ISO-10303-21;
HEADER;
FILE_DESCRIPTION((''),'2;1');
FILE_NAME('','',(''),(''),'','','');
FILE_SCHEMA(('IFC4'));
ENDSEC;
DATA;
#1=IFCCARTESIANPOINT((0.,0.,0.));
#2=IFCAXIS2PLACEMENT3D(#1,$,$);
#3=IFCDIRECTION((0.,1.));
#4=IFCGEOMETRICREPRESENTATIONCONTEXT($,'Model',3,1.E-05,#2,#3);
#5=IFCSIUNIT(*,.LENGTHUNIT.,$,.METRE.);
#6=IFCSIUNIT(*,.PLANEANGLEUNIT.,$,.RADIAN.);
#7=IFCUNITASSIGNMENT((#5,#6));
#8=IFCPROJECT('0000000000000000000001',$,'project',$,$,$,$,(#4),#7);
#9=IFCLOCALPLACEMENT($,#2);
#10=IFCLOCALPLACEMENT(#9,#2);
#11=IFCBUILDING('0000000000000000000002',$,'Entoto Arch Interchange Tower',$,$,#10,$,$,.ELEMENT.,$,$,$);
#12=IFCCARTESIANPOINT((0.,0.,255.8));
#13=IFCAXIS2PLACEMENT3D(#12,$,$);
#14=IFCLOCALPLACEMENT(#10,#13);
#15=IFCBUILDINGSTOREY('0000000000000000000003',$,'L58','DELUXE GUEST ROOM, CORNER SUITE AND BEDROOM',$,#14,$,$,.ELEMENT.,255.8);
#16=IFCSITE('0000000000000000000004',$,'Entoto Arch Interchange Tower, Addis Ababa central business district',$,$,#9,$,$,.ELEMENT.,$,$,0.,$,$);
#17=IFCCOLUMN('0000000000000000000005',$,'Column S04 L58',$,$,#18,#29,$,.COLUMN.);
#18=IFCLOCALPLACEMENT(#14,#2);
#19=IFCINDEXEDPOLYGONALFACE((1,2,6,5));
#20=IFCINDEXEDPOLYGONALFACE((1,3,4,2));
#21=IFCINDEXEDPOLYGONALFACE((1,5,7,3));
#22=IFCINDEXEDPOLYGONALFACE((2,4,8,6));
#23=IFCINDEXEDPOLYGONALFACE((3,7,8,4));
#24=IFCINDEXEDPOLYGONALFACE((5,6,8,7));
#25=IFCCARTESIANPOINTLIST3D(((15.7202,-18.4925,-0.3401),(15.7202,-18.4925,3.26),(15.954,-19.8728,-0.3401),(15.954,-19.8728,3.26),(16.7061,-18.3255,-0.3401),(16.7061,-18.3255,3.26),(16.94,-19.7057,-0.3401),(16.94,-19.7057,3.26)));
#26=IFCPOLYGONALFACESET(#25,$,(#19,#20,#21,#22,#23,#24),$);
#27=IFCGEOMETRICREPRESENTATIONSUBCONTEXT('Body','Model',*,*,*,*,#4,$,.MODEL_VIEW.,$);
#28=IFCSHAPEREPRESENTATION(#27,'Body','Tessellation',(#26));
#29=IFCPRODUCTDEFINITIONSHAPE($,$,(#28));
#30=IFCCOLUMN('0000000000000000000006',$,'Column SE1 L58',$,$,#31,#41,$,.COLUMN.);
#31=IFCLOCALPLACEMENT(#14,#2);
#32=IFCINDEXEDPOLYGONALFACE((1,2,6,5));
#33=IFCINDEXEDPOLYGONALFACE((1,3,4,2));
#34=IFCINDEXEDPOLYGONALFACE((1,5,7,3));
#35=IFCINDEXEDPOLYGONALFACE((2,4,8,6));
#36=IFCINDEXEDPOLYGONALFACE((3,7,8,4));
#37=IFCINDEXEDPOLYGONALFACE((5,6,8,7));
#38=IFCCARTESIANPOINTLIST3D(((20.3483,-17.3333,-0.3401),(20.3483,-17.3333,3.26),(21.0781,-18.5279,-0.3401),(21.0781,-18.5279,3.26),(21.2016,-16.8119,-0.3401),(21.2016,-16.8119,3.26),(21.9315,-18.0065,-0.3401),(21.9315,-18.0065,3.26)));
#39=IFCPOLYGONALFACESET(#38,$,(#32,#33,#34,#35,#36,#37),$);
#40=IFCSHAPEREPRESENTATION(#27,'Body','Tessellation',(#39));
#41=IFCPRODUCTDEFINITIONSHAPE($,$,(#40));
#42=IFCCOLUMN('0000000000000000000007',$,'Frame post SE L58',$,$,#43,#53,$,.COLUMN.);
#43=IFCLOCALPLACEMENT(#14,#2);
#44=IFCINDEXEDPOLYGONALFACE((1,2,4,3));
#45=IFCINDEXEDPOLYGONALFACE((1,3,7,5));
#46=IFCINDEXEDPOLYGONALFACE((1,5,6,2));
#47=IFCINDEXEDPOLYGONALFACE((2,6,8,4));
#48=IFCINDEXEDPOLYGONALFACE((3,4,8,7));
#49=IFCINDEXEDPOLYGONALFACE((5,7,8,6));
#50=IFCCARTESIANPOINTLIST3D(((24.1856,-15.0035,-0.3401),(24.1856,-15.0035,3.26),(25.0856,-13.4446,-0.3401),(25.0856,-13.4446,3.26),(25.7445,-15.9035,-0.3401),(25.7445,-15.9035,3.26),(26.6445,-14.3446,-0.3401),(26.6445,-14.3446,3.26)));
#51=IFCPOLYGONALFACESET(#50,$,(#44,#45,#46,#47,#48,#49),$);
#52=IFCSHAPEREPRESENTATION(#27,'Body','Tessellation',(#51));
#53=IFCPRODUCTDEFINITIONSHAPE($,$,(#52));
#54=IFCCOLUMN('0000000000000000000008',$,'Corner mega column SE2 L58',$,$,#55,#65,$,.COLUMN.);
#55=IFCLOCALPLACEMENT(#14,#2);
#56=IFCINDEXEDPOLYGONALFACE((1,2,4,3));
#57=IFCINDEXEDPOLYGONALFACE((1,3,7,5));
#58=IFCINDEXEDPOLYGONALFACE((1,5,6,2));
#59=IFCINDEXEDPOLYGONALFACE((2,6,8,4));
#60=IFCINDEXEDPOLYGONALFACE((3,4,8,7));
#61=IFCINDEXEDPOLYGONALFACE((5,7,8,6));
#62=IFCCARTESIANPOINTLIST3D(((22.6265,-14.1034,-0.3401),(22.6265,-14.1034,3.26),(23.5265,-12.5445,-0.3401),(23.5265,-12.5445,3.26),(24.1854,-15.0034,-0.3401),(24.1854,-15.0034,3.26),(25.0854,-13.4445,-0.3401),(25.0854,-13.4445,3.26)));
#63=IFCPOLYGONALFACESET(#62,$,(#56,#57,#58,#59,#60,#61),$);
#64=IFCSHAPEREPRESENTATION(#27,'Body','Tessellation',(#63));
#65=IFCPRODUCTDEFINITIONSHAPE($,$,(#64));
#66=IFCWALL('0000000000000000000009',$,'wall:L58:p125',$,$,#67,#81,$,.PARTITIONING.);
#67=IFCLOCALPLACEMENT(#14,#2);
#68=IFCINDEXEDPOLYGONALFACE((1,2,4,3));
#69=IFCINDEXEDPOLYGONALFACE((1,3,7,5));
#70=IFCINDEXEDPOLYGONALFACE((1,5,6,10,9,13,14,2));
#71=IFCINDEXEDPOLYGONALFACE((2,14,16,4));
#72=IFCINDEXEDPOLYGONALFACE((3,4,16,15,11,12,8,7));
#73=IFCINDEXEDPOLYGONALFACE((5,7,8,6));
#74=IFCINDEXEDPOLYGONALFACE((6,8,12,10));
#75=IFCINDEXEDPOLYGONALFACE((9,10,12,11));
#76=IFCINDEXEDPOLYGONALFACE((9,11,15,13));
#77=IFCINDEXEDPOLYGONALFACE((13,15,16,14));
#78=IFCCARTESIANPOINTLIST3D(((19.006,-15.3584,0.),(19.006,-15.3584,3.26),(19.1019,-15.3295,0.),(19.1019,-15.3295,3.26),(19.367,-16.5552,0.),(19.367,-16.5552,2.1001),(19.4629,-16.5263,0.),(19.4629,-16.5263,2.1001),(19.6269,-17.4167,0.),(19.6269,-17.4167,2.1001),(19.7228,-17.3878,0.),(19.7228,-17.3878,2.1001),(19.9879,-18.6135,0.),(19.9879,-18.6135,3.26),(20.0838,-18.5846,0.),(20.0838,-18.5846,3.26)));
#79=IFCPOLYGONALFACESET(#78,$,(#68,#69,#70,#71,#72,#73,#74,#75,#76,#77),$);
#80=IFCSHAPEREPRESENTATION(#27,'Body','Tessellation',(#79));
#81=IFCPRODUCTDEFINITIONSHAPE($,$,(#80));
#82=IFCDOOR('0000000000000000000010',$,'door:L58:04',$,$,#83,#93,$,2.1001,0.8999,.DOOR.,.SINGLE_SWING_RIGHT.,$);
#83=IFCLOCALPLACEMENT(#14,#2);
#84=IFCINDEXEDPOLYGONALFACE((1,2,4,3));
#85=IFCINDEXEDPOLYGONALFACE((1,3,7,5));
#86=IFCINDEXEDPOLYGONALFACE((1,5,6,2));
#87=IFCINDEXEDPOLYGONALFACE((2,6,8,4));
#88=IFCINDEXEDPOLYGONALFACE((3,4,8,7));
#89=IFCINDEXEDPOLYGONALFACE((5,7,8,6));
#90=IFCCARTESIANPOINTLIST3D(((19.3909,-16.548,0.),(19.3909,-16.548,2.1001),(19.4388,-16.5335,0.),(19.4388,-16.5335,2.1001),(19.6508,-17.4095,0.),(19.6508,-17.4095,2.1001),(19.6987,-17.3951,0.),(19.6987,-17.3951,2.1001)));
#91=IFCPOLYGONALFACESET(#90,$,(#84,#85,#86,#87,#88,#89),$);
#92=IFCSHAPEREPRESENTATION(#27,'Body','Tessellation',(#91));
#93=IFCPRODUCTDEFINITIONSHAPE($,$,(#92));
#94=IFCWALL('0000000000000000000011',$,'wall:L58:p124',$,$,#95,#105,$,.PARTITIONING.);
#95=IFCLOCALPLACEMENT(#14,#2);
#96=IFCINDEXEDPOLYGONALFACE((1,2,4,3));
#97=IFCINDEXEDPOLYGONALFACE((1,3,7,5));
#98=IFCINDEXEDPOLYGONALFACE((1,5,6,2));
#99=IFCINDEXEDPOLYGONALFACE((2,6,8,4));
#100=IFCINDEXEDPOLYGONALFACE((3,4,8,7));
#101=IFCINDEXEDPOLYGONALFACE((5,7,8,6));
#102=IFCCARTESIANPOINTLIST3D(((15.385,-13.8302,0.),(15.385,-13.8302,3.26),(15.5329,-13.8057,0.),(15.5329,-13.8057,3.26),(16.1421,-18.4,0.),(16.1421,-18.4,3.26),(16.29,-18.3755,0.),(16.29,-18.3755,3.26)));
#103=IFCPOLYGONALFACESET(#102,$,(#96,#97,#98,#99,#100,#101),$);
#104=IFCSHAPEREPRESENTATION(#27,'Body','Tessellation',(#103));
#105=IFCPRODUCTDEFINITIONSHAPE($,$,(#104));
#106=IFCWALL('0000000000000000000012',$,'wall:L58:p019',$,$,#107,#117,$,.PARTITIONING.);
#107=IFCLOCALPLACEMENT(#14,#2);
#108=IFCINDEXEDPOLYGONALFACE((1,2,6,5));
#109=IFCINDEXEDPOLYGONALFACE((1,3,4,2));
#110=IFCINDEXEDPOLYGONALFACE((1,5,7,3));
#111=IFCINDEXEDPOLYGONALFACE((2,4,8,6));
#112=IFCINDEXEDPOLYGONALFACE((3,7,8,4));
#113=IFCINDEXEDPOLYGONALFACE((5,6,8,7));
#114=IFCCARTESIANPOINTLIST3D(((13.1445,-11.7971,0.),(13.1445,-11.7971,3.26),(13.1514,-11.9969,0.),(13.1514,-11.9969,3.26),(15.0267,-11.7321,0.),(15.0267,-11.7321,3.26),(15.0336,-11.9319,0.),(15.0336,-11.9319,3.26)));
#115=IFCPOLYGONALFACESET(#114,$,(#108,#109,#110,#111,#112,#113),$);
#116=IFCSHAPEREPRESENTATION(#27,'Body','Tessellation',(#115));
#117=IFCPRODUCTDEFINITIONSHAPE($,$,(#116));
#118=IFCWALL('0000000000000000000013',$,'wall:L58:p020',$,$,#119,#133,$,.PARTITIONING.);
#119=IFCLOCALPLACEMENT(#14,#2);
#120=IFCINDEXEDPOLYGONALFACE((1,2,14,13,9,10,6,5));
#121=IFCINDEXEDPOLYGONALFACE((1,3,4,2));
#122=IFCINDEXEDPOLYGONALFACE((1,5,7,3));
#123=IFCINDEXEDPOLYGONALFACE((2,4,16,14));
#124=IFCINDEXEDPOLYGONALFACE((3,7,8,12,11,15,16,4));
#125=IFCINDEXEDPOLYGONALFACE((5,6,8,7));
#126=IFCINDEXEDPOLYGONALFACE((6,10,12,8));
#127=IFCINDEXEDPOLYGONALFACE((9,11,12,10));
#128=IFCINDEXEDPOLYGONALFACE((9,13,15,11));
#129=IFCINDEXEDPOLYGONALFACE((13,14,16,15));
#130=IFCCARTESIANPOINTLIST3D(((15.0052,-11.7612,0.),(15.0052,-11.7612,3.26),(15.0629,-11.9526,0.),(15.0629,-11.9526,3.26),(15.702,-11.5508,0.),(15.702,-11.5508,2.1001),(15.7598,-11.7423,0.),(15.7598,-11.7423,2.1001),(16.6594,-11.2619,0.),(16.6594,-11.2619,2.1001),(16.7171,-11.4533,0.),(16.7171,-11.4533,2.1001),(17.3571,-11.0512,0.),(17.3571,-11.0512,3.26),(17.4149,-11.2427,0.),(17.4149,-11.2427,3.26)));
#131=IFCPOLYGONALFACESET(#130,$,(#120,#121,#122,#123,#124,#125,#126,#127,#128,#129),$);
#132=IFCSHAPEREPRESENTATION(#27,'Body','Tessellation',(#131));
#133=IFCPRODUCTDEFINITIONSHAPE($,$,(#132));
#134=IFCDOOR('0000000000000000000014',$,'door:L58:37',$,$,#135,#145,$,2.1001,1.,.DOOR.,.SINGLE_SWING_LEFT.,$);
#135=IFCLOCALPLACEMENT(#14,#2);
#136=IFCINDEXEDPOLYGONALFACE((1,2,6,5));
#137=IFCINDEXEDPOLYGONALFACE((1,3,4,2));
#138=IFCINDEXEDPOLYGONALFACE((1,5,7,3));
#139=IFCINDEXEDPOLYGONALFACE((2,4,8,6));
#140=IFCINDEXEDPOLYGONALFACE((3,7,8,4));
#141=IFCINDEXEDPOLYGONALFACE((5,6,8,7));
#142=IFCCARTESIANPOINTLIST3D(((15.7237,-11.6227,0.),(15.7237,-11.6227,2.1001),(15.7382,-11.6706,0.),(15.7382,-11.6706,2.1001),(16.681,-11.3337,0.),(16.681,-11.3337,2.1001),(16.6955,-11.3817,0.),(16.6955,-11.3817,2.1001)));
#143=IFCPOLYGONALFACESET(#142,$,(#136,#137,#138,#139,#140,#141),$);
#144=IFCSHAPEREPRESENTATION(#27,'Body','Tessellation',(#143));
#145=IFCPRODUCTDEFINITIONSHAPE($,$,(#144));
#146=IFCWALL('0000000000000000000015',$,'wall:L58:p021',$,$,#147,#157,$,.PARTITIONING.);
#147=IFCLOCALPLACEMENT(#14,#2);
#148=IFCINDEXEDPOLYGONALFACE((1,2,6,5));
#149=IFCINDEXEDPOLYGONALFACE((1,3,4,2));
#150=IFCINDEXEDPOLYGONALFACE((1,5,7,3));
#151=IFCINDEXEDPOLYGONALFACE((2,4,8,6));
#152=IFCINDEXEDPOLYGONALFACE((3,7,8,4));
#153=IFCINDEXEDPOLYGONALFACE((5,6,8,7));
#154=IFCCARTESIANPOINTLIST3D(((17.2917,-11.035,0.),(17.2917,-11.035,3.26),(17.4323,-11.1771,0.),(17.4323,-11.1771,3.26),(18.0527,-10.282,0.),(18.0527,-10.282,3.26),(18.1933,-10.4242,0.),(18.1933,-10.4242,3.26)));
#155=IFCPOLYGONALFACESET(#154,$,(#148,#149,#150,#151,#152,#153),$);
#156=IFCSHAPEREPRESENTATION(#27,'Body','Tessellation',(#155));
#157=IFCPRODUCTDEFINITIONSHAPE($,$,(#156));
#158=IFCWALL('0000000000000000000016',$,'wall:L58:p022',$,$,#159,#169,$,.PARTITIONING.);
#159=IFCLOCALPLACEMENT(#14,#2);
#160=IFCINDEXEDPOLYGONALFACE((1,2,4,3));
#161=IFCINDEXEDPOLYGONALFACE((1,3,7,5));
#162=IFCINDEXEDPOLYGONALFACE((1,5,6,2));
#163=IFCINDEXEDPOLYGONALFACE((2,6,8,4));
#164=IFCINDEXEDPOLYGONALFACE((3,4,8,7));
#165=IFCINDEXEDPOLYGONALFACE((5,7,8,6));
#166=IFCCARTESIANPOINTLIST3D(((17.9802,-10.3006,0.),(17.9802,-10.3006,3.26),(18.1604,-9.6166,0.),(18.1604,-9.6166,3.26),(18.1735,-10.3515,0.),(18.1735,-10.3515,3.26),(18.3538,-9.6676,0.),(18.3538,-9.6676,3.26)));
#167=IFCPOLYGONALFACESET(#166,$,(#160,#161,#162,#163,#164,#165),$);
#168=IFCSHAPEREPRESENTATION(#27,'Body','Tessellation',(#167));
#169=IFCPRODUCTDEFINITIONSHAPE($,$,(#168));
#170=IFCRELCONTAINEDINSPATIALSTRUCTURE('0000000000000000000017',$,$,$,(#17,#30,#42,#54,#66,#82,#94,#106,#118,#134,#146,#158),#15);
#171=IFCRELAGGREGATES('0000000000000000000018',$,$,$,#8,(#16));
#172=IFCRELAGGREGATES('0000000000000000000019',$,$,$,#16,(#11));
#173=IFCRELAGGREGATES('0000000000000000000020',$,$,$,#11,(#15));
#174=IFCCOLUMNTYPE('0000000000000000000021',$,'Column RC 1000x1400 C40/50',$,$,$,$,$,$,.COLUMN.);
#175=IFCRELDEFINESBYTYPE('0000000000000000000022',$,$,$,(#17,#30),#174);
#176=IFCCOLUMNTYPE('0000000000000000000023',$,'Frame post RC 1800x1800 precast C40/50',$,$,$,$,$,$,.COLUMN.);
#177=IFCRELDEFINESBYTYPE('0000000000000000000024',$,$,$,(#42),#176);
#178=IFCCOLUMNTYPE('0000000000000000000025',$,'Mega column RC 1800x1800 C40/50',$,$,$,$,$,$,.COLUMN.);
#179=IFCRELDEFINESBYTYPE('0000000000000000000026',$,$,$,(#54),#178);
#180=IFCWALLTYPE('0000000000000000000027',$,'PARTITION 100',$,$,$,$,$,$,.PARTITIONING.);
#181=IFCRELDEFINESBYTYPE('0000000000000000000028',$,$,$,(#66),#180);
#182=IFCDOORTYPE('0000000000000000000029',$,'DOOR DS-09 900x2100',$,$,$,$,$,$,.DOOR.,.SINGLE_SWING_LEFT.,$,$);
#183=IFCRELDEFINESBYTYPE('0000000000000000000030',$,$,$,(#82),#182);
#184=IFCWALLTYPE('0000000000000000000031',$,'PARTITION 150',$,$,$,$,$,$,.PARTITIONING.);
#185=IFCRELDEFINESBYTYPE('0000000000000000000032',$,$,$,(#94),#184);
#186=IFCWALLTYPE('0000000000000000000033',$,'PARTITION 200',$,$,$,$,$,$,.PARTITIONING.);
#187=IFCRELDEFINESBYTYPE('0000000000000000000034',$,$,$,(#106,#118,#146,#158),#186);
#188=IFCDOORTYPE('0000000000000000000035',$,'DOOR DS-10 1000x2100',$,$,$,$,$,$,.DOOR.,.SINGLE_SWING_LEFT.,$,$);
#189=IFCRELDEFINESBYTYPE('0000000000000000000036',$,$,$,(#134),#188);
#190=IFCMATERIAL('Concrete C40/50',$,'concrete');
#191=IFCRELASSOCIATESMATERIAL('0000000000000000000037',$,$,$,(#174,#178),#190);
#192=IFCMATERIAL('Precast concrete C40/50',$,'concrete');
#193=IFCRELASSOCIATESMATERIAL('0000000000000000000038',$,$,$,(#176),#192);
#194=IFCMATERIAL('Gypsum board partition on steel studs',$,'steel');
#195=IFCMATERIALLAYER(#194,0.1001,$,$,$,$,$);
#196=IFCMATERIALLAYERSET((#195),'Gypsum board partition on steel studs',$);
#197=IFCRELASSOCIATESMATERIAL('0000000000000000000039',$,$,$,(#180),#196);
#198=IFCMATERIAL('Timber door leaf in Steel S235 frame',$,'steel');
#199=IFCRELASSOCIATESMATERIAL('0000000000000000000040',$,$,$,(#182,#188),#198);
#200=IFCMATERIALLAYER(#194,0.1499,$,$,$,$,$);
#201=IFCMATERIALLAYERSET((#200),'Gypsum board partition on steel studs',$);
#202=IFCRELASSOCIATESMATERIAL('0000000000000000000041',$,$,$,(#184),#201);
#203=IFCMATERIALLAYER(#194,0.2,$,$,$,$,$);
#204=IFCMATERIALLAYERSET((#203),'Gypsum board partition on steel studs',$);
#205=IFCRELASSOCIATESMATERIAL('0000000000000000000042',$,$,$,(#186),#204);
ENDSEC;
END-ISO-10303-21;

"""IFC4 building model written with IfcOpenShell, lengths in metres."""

from ifc_helpers import new_model, si_unit, direction, frame, frame_2d, origin, origin_2d, place, context, subcontext, project, spatial, rectangle, extrude, material, layer, layer_set, material_profile, profile_set, type_object, element, fill, save


model = new_model("IFC4")

# Units and contexts
model_context = context("Model", 3, precision=1e-05, world=origin(), true_north=direction((0.0, 1.0)))
body_context = subcontext(model_context, "Body", "Model", "MODEL_VIEW")
ifc_project = project(units=[si_unit("LENGTHUNIT", "METRE"), si_unit("PLANEANGLEUNIT", "RADIAN")], contexts=[model_context])

# Site, building, storey
site_placement = place(None, origin())
site = spatial("IfcSite", under=ifc_project, at=site_placement, Name="Entoto Arch Interchange Tower, Addis Ababa central business district", CompositionType="ELEMENT", RefElevation=0.0)
building_placement = place(site_placement, origin())
building = spatial("IfcBuilding", under=site, at=building_placement, Name="Entoto Arch Interchange Tower", CompositionType="ELEMENT")
storey_placement = place(building_placement, frame((0.0, 0.0, 255.8)))
storey = spatial("IfcBuildingStorey", under=building, at=storey_placement, Name="L58", Description="DELUXE GUEST ROOM, CORNER SUITE AND BEDROOM", CompositionType="ELEMENT", Elevation=255.8)

# Columns
ifc_material_1 = material(Name="Concrete C40/50", Category="concrete")
ifc_material_profile_1 = material_profile(ifc_material_1, rectangle(XDim=1.0, YDim=1.3999, at=origin_2d()))
ifc_profile_set_1 = profile_set([ifc_material_profile_1], Name="Concrete C40/50")
column_type_1 = type_object("IfcColumnType", Name="Column RC 1000x1400 C40/50", PredefinedType="COLUMN", material=ifc_profile_set_1)
for number, where, z_axis, x_axis, name in (
    (1, (16.3301, -19.0991, -0.3401), (0.0, 0.0, 1.0), (0.985952, 0.167027, 0.0), "Column S04 L58"),
    (2, (21.1399, -17.6699, -0.3401), (0.0, 0.0, 1.0), (0.853342, 0.521352, 0.0), "Column SE1 L58"),
):
    element("IfcColumn", number, at=place(storey_placement, frame(where, z_axis=z_axis, x_axis=x_axis)), inside=storey, type_object=column_type_1, Name=name, PredefinedType="COLUMN", context=body_context, shape_type="SweptSolid", body=[
        extrude(rectangle(XDim=1.0, YDim=1.3999, at=origin_2d()), origin(), (0.0, 0.0, 1.0), 3.6001),
    ])
ifc_material_2 = material(Name="Precast concrete C40/50", Category="concrete")
ifc_material_profile_2 = material_profile(ifc_material_2, rectangle(XDim=1.8, YDim=1.8, at=origin_2d()))
ifc_profile_set_2 = profile_set([ifc_material_profile_2], Name="Precast concrete C40/50")
column_type_2 = type_object("IfcColumnType", Name="Frame post RC 1800x1800 precast C40/50", PredefinedType="COLUMN", material=ifc_profile_set_2)
column_1_placement = place(storey_placement, frame((25.415, -14.6741, -0.3401), z_axis=(0.0, 0.0, 1.0), x_axis=(-0.866025, 0.5, 0.0)))
element("IfcColumn", 3, at=column_1_placement, inside=storey, type_object=column_type_2, Name="Frame post SE L58", PredefinedType="COLUMN", context=body_context, shape_type="SweptSolid", body=[
    extrude(rectangle(XDim=1.8, YDim=1.8, at=origin_2d()), origin(), (0.0, 0.0, 1.0), 3.6001),
])
ifc_material_profile_3 = material_profile(ifc_material_1, rectangle(XDim=1.8, YDim=1.8, at=origin_2d()))
ifc_profile_set_3 = profile_set([ifc_material_profile_3], Name="Concrete C40/50")
column_type_3 = type_object("IfcColumnType", Name="Mega column RC 1800x1800 C40/50", PredefinedType="COLUMN", material=ifc_profile_set_3)
column_2_placement = place(storey_placement, frame((23.856, -13.7739, -0.3401), z_axis=(0.0, 0.0, 1.0), x_axis=(-0.866025, 0.5, 0.0)))
element("IfcColumn", 4, at=column_2_placement, inside=storey, type_object=column_type_3, Name="Corner mega column SE2 L58", PredefinedType="COLUMN", context=body_context, shape_type="SweptSolid", body=[
    extrude(rectangle(XDim=1.8, YDim=1.8, at=origin_2d()), origin(), (0.0, 0.0, 1.0), 3.6001),
])

# Wall, opening, door
ifc_material_3 = material(Name="Gypsum board partition on steel studs", Category="steel")
ifc_layer_1 = layer(ifc_material_3, 0.1001)
ifc_layer_set_1 = layer_set([ifc_layer_1], Name="Gypsum board partition on steel studs")
wall_type_1 = type_object("IfcWallType", Name="PARTITION 100", PredefinedType="PARTITIONING", material=ifc_layer_set_1)
wall_1_placement = place(storey_placement, frame((19.054, -15.344, 0.0), z_axis=(0.0, 0.0, 1.0), x_axis=(0.288803, -0.957388, 0.0)))
wall_1 = element("IfcWall", 5, at=wall_1_placement, inside=storey, type_object=wall_type_1, Name="wall:L58:p125", PredefinedType="PARTITIONING", context=body_context, shape_type="SweptSolid", body=[
    extrude(rectangle(XDim=3.3999, YDim=0.1001, at=frame_2d((1.7, 0.0))), origin(), (0.0, 0.0, 1.0), 3.26),
])
opening_1_placement = place(wall_1_placement, frame((1.25, 0.0, 0.0)))
opening_1 = element("IfcOpeningElement", 6, at=opening_1_placement, cuts=wall_1, PredefinedType="OPENING", context=body_context, shape_type="SweptSolid", body=[
    extrude(rectangle(XDim=0.8999, YDim=2.1001, at=frame_2d((0.45, 1.05))), frame((0.0, 0.0601, 0.0), z_axis=(0.0, -1.0, 0.0), x_axis=(1.0, 0.0, 0.0)), (0.0, 0.0, 1.0), 0.1201),
])
ifc_material_4 = material(Name="Timber door leaf in Steel S235 frame", Category="steel")
door_type_1 = type_object("IfcDoorType", Name="DOOR DS-09 900x2100", OperationType="SINGLE_SWING_LEFT", PredefinedType="DOOR", material=ifc_material_4)
door_1_placement = place(opening_1_placement, origin())
door_1 = element("IfcDoor", 7, at=door_1_placement, inside=storey, type_object=door_type_1, Name="door:L58:04", OperationType="SINGLE_SWING_RIGHT", OverallHeight=2.1001, OverallWidth=0.8999, PredefinedType="DOOR", context=body_context, shape_type="SweptSolid", body=[
    extrude(rectangle(XDim=0.8999, YDim=2.1001, at=frame_2d((0.45, 1.05))), frame((0.0, 0.0249, 0.0), z_axis=(0.0, -1.0, 0.0), x_axis=(1.0, 0.0, 0.0)), (0.0, 0.0, 1.0), 0.05),
])
fill(opening_1, door_1)

# Walls
ifc_layer_2 = layer(ifc_material_3, 0.1499)
ifc_layer_set_2 = layer_set([ifc_layer_2], Name="Gypsum board partition on steel studs")
wall_type_2 = type_object("IfcWallType", Name="PARTITION 150", PredefinedType="PARTITIONING", material=ifc_layer_set_2)
wall_2_placement = place(storey_placement, frame((15.459, -13.8181, 0.0), z_axis=(0.0, 0.0, 1.0), x_axis=(0.163442, -0.986553, 0.0)))
element("IfcWall", 8, at=wall_2_placement, inside=storey, type_object=wall_type_2, Name="wall:L58:p124", PredefinedType="PARTITIONING", context=body_context, shape_type="SweptSolid", body=[
    extrude(rectangle(XDim=4.6321, YDim=0.1499, at=frame_2d((2.3159, 0.0))), origin(), (0.0, 0.0, 1.0), 3.26),
])
ifc_layer_3 = layer(ifc_material_3, 0.2)
ifc_layer_set_3 = layer_set([ifc_layer_3], Name="Gypsum board partition on steel studs")
wall_type_3 = type_object("IfcWallType", Name="PARTITION 200", PredefinedType="PARTITIONING", material=ifc_layer_set_3)
wall_3_placement = place(storey_placement, frame((13.1479, -11.897, 0.0), z_axis=(0.0, 0.0, 1.0), x_axis=(0.999405, 0.034485, 0.0)))
element("IfcWall", 9, at=wall_3_placement, inside=storey, type_object=wall_type_3, Name="wall:L58:p019", PredefinedType="PARTITIONING", context=body_context, shape_type="SweptSolid", body=[
    extrude(rectangle(XDim=1.8833, YDim=0.2, at=frame_2d((0.9417, 0.0))), origin(), (0.0, 0.0, 1.0), 3.26),
])

# Wall, opening, door
wall_4_placement = place(storey_placement, frame((15.0339, -11.8569, 0.0), z_axis=(0.0, 0.0, 1.0), x_axis=(0.957338, 0.28897, 0.0)))
wall_4 = element("IfcWall", 10, at=wall_4_placement, inside=storey, type_object=wall_type_3, Name="wall:L58:p020", PredefinedType="PARTITIONING", context=body_context, shape_type="SweptSolid", body=[
    extrude(rectangle(XDim=2.4568, YDim=0.2, at=frame_2d((1.2285, 0.0))), origin(), (0.0, 0.0, 1.0), 3.26),
])
opening_2_placement = place(wall_4_placement, frame((0.728, 0.0, 0.0)))
opening_2 = element("IfcOpeningElement", 11, at=opening_2_placement, cuts=wall_4, PredefinedType="OPENING", context=body_context, shape_type="SweptSolid", body=[
    extrude(rectangle(XDim=1.0, YDim=2.1001, at=frame_2d((0.5, 1.05))), frame((0.0, 0.1099, 0.0), z_axis=(0.0, -1.0, 0.0), x_axis=(1.0, 0.0, 0.0)), (0.0, 0.0, 1.0), 0.22),
])
door_type_2 = type_object("IfcDoorType", Name="DOOR DS-10 1000x2100", OperationType="SINGLE_SWING_LEFT", PredefinedType="DOOR", material=ifc_material_4)
door_2_placement = place(opening_2_placement, origin())
door_2 = element("IfcDoor", 12, at=door_2_placement, inside=storey, type_object=door_type_2, Name="door:L58:37", OperationType="SINGLE_SWING_LEFT", OverallHeight=2.1001, OverallWidth=1.0, PredefinedType="DOOR", context=body_context, shape_type="SweptSolid", body=[
    extrude(rectangle(XDim=1.0, YDim=2.1001, at=frame_2d((0.5, 1.05))), frame((0.0, 0.0249, 0.0), z_axis=(0.0, -1.0, 0.0), x_axis=(1.0, 0.0, 0.0)), (0.0, 0.0, 1.0), 0.05),
])
fill(opening_2, door_2)

# Walls
wall_5_placement = place(storey_placement, frame((17.3621, -11.106, 0.0), z_axis=(0.0, 0.0, 1.0), x_axis=(0.71086, 0.703334, 0.0)))
element("IfcWall", 13, at=wall_5_placement, inside=storey, type_object=wall_type_3, Name="wall:L58:p021", PredefinedType="PARTITIONING", context=body_context, shape_type="SweptSolid", body=[
    extrude(rectangle(XDim=1.0706, YDim=0.2, at=frame_2d((0.5352, 0.0))), origin(), (0.0, 0.0, 1.0), 3.26),
])
wall_6_placement = place(storey_placement, frame((18.0769, -10.3259, 0.0), z_axis=(0.0, 0.0, 1.0), x_axis=(0.254782, 0.966998, 0.0)))
element("IfcWall", 14, at=wall_6_placement, inside=storey, type_object=wall_type_3, Name="wall:L58:p022", PredefinedType="PARTITIONING", context=body_context, shape_type="SweptSolid", body=[
    extrude(rectangle(XDim=0.7073, YDim=0.2, at=frame_2d((0.3535, 0.0))), origin(), (0.0, 0.0, 1.0), 3.26),
])

save(model, "model.ifc")
